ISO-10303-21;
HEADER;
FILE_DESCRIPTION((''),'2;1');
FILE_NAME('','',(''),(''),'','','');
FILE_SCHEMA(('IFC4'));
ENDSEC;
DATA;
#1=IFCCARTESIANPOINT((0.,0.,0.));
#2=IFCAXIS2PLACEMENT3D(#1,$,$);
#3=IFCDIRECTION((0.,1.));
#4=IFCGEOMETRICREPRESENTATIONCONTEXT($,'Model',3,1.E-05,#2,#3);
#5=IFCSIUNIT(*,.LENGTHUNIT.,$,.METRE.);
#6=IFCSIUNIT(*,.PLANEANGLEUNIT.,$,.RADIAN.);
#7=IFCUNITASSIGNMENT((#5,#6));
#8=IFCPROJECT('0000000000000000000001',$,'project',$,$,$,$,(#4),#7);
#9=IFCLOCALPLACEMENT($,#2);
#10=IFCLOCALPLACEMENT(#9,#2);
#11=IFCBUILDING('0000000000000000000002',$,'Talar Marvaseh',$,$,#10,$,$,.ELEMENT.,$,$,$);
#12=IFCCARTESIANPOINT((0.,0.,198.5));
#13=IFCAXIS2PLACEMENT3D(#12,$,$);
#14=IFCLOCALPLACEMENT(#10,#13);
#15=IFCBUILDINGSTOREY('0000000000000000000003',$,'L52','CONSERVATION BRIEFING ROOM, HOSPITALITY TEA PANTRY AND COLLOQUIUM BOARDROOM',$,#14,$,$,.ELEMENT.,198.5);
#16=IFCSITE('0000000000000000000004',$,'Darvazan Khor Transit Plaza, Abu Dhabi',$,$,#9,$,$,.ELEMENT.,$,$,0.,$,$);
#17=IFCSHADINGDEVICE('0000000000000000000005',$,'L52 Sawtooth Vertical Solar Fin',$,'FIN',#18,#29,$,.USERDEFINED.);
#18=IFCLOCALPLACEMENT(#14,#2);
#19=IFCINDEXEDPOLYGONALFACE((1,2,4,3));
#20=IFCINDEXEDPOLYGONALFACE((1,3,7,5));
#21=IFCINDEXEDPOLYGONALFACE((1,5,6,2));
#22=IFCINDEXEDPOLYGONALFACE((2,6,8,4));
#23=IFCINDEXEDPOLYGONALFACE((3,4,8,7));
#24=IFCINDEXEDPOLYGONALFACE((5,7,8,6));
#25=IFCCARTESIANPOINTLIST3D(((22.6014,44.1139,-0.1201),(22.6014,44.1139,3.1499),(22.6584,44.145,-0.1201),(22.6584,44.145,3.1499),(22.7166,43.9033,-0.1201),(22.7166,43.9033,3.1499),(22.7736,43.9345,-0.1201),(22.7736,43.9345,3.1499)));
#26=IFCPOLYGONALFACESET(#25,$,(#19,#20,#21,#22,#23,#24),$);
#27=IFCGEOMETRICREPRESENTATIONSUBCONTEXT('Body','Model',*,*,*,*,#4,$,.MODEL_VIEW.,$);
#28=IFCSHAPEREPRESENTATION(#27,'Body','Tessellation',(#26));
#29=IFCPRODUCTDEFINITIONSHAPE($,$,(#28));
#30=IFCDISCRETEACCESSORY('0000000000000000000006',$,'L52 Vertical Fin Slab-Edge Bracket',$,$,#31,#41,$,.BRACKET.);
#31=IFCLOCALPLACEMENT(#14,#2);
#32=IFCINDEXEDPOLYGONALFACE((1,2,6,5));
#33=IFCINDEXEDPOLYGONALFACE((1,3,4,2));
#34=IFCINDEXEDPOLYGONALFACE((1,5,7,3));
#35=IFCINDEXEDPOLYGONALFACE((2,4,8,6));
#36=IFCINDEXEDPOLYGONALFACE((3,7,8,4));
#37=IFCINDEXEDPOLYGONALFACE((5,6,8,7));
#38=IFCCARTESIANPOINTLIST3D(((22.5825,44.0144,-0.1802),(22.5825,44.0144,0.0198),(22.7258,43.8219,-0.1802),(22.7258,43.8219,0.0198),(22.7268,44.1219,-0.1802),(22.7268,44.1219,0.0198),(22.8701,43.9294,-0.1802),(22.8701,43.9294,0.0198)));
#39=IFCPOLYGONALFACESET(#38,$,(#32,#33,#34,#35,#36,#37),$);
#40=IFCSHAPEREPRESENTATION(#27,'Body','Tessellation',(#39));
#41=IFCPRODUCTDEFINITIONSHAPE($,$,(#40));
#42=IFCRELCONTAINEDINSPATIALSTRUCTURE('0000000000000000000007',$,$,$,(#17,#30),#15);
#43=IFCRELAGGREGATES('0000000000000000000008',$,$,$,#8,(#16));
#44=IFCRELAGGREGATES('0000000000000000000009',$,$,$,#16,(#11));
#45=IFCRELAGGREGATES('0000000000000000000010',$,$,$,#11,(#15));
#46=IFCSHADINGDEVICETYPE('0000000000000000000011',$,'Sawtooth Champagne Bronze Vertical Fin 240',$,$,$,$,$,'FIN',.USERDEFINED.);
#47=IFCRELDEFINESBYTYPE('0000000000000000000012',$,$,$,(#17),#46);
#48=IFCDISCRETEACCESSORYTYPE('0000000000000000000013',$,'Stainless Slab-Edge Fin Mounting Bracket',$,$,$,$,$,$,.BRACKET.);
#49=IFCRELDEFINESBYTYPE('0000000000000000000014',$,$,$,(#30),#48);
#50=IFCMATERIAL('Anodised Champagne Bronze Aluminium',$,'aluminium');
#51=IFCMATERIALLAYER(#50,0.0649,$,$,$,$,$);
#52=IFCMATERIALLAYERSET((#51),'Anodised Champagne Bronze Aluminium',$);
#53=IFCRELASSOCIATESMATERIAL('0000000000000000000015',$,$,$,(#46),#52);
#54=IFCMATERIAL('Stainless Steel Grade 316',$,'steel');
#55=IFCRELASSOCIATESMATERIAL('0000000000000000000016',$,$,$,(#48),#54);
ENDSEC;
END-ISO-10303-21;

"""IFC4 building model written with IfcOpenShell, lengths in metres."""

from ifc_helpers import new_model, si_unit, direction, frame, origin, origin_2d, place, context, subcontext, project, spatial, rectangle, extrude, source, transform, mapped, material, layer, layer_set, type_object, type_shapes, element, save


model = new_model("IFC4")

# Units and contexts
model_context = context("Model", 3, precision=1e-05, world=origin(), true_north=direction((0.0, 1.0)))
body_context = subcontext(model_context, "Body", "Model", "MODEL_VIEW")
ifc_project = project(units=[si_unit("LENGTHUNIT", "METRE"), si_unit("PLANEANGLEUNIT", "RADIAN")], contexts=[model_context])

# Site, building, storey
site_placement = place(None, origin())
site = spatial("IfcSite", under=ifc_project, at=site_placement, Name="Darvazan Khor Transit Plaza, Abu Dhabi", CompositionType="ELEMENT", RefElevation=0.0)
building_placement = place(site_placement, origin())
building = spatial("IfcBuilding", under=site, at=building_placement, Name="Talar Marvaseh", CompositionType="ELEMENT")
storey_placement = place(building_placement, frame((0.0, 0.0, 198.5)))
storey = spatial("IfcBuildingStorey", under=building, at=storey_placement, Name="L52", Description="CONSERVATION BRIEFING ROOM, HOSPITALITY TEA PANTRY AND COLLOQUIUM BOARDROOM", CompositionType="ELEMENT", Elevation=198.5)

# Shading device
ifc_material_1 = material(Name="Anodised Champagne Bronze Aluminium", Category="aluminium")
ifc_layer_1 = layer(ifc_material_1, 0.0649)
ifc_layer_set_1 = layer_set([ifc_layer_1], Name="Anodised Champagne Bronze Aluminium")
shading_device_type = type_object("IfcShadingDeviceType", Name="Sawtooth Champagne Bronze Vertical Fin 240", ElementType="FIN", PredefinedType="USERDEFINED", material=ifc_layer_set_1)
shared_shape_1 = source(origin(), body_context, "Body", "SweptSolid", [
    extrude(rectangle(XDim=0.24, YDim=0.0649, at=origin_2d()), origin(), (0.0, 0.0, 1.0), 3.27),
])
type_shapes(shading_device_type, [shared_shape_1])
shading_device_placement = place(storey_placement, frame((22.6875, 44.0242, -0.1201), z_axis=(0.0, 0.0, 1.0), x_axis=(-0.479917, 0.877314, 0.0)))
element("IfcShadingDevice", 1, at=shading_device_placement, inside=storey, type_object=shading_device_type, Name="L52 Sawtooth Vertical Solar Fin", ObjectType="FIN", PredefinedType="USERDEFINED", context=body_context, shape_type="MappedRepresentation", body=[
    mapped(shared_shape_1, transform((0.0, 0.0, 0.0), x_axis=(1.0, 0.0, 0.0), y_axis=(0.0, 1.0, 0.0), z_axis=(0.0, 0.0, 1.0), scale=1.0)),
])

# Discrete accessory
ifc_material_2 = material(Name="Stainless Steel Grade 316", Category="steel")
discrete_accessory_type = type_object("IfcDiscreteAccessoryType", Name="Stainless Slab-Edge Fin Mounting Bracket", PredefinedType="BRACKET", material=ifc_material_2)
shared_shape_2 = source(origin(), body_context, "Body", "SweptSolid", [
    extrude(rectangle(XDim=0.24, YDim=0.1799, at=origin_2d()), origin(), (0.0, 0.0, 1.0), 0.2),
])
type_shapes(discrete_accessory_type, [shared_shape_2])
discrete_accessory_placement = place(storey_placement, frame((22.7263, 43.9719, -0.1802), z_axis=(0.0, 0.0, 1.0), x_axis=(-0.597345, 0.801984, 0.0)))
element("IfcDiscreteAccessory", 2, at=discrete_accessory_placement, inside=storey, type_object=discrete_accessory_type, Name="L52 Vertical Fin Slab-Edge Bracket", PredefinedType="BRACKET", context=body_context, shape_type="MappedRepresentation", body=[
    mapped(shared_shape_2, transform((0.0, 0.0, 0.0), x_axis=(1.0, 0.0, 0.0), y_axis=(0.0, 1.0, 0.0), z_axis=(0.0, 0.0, 1.0), scale=1.0)),
])

save(model, "model.ifc")
